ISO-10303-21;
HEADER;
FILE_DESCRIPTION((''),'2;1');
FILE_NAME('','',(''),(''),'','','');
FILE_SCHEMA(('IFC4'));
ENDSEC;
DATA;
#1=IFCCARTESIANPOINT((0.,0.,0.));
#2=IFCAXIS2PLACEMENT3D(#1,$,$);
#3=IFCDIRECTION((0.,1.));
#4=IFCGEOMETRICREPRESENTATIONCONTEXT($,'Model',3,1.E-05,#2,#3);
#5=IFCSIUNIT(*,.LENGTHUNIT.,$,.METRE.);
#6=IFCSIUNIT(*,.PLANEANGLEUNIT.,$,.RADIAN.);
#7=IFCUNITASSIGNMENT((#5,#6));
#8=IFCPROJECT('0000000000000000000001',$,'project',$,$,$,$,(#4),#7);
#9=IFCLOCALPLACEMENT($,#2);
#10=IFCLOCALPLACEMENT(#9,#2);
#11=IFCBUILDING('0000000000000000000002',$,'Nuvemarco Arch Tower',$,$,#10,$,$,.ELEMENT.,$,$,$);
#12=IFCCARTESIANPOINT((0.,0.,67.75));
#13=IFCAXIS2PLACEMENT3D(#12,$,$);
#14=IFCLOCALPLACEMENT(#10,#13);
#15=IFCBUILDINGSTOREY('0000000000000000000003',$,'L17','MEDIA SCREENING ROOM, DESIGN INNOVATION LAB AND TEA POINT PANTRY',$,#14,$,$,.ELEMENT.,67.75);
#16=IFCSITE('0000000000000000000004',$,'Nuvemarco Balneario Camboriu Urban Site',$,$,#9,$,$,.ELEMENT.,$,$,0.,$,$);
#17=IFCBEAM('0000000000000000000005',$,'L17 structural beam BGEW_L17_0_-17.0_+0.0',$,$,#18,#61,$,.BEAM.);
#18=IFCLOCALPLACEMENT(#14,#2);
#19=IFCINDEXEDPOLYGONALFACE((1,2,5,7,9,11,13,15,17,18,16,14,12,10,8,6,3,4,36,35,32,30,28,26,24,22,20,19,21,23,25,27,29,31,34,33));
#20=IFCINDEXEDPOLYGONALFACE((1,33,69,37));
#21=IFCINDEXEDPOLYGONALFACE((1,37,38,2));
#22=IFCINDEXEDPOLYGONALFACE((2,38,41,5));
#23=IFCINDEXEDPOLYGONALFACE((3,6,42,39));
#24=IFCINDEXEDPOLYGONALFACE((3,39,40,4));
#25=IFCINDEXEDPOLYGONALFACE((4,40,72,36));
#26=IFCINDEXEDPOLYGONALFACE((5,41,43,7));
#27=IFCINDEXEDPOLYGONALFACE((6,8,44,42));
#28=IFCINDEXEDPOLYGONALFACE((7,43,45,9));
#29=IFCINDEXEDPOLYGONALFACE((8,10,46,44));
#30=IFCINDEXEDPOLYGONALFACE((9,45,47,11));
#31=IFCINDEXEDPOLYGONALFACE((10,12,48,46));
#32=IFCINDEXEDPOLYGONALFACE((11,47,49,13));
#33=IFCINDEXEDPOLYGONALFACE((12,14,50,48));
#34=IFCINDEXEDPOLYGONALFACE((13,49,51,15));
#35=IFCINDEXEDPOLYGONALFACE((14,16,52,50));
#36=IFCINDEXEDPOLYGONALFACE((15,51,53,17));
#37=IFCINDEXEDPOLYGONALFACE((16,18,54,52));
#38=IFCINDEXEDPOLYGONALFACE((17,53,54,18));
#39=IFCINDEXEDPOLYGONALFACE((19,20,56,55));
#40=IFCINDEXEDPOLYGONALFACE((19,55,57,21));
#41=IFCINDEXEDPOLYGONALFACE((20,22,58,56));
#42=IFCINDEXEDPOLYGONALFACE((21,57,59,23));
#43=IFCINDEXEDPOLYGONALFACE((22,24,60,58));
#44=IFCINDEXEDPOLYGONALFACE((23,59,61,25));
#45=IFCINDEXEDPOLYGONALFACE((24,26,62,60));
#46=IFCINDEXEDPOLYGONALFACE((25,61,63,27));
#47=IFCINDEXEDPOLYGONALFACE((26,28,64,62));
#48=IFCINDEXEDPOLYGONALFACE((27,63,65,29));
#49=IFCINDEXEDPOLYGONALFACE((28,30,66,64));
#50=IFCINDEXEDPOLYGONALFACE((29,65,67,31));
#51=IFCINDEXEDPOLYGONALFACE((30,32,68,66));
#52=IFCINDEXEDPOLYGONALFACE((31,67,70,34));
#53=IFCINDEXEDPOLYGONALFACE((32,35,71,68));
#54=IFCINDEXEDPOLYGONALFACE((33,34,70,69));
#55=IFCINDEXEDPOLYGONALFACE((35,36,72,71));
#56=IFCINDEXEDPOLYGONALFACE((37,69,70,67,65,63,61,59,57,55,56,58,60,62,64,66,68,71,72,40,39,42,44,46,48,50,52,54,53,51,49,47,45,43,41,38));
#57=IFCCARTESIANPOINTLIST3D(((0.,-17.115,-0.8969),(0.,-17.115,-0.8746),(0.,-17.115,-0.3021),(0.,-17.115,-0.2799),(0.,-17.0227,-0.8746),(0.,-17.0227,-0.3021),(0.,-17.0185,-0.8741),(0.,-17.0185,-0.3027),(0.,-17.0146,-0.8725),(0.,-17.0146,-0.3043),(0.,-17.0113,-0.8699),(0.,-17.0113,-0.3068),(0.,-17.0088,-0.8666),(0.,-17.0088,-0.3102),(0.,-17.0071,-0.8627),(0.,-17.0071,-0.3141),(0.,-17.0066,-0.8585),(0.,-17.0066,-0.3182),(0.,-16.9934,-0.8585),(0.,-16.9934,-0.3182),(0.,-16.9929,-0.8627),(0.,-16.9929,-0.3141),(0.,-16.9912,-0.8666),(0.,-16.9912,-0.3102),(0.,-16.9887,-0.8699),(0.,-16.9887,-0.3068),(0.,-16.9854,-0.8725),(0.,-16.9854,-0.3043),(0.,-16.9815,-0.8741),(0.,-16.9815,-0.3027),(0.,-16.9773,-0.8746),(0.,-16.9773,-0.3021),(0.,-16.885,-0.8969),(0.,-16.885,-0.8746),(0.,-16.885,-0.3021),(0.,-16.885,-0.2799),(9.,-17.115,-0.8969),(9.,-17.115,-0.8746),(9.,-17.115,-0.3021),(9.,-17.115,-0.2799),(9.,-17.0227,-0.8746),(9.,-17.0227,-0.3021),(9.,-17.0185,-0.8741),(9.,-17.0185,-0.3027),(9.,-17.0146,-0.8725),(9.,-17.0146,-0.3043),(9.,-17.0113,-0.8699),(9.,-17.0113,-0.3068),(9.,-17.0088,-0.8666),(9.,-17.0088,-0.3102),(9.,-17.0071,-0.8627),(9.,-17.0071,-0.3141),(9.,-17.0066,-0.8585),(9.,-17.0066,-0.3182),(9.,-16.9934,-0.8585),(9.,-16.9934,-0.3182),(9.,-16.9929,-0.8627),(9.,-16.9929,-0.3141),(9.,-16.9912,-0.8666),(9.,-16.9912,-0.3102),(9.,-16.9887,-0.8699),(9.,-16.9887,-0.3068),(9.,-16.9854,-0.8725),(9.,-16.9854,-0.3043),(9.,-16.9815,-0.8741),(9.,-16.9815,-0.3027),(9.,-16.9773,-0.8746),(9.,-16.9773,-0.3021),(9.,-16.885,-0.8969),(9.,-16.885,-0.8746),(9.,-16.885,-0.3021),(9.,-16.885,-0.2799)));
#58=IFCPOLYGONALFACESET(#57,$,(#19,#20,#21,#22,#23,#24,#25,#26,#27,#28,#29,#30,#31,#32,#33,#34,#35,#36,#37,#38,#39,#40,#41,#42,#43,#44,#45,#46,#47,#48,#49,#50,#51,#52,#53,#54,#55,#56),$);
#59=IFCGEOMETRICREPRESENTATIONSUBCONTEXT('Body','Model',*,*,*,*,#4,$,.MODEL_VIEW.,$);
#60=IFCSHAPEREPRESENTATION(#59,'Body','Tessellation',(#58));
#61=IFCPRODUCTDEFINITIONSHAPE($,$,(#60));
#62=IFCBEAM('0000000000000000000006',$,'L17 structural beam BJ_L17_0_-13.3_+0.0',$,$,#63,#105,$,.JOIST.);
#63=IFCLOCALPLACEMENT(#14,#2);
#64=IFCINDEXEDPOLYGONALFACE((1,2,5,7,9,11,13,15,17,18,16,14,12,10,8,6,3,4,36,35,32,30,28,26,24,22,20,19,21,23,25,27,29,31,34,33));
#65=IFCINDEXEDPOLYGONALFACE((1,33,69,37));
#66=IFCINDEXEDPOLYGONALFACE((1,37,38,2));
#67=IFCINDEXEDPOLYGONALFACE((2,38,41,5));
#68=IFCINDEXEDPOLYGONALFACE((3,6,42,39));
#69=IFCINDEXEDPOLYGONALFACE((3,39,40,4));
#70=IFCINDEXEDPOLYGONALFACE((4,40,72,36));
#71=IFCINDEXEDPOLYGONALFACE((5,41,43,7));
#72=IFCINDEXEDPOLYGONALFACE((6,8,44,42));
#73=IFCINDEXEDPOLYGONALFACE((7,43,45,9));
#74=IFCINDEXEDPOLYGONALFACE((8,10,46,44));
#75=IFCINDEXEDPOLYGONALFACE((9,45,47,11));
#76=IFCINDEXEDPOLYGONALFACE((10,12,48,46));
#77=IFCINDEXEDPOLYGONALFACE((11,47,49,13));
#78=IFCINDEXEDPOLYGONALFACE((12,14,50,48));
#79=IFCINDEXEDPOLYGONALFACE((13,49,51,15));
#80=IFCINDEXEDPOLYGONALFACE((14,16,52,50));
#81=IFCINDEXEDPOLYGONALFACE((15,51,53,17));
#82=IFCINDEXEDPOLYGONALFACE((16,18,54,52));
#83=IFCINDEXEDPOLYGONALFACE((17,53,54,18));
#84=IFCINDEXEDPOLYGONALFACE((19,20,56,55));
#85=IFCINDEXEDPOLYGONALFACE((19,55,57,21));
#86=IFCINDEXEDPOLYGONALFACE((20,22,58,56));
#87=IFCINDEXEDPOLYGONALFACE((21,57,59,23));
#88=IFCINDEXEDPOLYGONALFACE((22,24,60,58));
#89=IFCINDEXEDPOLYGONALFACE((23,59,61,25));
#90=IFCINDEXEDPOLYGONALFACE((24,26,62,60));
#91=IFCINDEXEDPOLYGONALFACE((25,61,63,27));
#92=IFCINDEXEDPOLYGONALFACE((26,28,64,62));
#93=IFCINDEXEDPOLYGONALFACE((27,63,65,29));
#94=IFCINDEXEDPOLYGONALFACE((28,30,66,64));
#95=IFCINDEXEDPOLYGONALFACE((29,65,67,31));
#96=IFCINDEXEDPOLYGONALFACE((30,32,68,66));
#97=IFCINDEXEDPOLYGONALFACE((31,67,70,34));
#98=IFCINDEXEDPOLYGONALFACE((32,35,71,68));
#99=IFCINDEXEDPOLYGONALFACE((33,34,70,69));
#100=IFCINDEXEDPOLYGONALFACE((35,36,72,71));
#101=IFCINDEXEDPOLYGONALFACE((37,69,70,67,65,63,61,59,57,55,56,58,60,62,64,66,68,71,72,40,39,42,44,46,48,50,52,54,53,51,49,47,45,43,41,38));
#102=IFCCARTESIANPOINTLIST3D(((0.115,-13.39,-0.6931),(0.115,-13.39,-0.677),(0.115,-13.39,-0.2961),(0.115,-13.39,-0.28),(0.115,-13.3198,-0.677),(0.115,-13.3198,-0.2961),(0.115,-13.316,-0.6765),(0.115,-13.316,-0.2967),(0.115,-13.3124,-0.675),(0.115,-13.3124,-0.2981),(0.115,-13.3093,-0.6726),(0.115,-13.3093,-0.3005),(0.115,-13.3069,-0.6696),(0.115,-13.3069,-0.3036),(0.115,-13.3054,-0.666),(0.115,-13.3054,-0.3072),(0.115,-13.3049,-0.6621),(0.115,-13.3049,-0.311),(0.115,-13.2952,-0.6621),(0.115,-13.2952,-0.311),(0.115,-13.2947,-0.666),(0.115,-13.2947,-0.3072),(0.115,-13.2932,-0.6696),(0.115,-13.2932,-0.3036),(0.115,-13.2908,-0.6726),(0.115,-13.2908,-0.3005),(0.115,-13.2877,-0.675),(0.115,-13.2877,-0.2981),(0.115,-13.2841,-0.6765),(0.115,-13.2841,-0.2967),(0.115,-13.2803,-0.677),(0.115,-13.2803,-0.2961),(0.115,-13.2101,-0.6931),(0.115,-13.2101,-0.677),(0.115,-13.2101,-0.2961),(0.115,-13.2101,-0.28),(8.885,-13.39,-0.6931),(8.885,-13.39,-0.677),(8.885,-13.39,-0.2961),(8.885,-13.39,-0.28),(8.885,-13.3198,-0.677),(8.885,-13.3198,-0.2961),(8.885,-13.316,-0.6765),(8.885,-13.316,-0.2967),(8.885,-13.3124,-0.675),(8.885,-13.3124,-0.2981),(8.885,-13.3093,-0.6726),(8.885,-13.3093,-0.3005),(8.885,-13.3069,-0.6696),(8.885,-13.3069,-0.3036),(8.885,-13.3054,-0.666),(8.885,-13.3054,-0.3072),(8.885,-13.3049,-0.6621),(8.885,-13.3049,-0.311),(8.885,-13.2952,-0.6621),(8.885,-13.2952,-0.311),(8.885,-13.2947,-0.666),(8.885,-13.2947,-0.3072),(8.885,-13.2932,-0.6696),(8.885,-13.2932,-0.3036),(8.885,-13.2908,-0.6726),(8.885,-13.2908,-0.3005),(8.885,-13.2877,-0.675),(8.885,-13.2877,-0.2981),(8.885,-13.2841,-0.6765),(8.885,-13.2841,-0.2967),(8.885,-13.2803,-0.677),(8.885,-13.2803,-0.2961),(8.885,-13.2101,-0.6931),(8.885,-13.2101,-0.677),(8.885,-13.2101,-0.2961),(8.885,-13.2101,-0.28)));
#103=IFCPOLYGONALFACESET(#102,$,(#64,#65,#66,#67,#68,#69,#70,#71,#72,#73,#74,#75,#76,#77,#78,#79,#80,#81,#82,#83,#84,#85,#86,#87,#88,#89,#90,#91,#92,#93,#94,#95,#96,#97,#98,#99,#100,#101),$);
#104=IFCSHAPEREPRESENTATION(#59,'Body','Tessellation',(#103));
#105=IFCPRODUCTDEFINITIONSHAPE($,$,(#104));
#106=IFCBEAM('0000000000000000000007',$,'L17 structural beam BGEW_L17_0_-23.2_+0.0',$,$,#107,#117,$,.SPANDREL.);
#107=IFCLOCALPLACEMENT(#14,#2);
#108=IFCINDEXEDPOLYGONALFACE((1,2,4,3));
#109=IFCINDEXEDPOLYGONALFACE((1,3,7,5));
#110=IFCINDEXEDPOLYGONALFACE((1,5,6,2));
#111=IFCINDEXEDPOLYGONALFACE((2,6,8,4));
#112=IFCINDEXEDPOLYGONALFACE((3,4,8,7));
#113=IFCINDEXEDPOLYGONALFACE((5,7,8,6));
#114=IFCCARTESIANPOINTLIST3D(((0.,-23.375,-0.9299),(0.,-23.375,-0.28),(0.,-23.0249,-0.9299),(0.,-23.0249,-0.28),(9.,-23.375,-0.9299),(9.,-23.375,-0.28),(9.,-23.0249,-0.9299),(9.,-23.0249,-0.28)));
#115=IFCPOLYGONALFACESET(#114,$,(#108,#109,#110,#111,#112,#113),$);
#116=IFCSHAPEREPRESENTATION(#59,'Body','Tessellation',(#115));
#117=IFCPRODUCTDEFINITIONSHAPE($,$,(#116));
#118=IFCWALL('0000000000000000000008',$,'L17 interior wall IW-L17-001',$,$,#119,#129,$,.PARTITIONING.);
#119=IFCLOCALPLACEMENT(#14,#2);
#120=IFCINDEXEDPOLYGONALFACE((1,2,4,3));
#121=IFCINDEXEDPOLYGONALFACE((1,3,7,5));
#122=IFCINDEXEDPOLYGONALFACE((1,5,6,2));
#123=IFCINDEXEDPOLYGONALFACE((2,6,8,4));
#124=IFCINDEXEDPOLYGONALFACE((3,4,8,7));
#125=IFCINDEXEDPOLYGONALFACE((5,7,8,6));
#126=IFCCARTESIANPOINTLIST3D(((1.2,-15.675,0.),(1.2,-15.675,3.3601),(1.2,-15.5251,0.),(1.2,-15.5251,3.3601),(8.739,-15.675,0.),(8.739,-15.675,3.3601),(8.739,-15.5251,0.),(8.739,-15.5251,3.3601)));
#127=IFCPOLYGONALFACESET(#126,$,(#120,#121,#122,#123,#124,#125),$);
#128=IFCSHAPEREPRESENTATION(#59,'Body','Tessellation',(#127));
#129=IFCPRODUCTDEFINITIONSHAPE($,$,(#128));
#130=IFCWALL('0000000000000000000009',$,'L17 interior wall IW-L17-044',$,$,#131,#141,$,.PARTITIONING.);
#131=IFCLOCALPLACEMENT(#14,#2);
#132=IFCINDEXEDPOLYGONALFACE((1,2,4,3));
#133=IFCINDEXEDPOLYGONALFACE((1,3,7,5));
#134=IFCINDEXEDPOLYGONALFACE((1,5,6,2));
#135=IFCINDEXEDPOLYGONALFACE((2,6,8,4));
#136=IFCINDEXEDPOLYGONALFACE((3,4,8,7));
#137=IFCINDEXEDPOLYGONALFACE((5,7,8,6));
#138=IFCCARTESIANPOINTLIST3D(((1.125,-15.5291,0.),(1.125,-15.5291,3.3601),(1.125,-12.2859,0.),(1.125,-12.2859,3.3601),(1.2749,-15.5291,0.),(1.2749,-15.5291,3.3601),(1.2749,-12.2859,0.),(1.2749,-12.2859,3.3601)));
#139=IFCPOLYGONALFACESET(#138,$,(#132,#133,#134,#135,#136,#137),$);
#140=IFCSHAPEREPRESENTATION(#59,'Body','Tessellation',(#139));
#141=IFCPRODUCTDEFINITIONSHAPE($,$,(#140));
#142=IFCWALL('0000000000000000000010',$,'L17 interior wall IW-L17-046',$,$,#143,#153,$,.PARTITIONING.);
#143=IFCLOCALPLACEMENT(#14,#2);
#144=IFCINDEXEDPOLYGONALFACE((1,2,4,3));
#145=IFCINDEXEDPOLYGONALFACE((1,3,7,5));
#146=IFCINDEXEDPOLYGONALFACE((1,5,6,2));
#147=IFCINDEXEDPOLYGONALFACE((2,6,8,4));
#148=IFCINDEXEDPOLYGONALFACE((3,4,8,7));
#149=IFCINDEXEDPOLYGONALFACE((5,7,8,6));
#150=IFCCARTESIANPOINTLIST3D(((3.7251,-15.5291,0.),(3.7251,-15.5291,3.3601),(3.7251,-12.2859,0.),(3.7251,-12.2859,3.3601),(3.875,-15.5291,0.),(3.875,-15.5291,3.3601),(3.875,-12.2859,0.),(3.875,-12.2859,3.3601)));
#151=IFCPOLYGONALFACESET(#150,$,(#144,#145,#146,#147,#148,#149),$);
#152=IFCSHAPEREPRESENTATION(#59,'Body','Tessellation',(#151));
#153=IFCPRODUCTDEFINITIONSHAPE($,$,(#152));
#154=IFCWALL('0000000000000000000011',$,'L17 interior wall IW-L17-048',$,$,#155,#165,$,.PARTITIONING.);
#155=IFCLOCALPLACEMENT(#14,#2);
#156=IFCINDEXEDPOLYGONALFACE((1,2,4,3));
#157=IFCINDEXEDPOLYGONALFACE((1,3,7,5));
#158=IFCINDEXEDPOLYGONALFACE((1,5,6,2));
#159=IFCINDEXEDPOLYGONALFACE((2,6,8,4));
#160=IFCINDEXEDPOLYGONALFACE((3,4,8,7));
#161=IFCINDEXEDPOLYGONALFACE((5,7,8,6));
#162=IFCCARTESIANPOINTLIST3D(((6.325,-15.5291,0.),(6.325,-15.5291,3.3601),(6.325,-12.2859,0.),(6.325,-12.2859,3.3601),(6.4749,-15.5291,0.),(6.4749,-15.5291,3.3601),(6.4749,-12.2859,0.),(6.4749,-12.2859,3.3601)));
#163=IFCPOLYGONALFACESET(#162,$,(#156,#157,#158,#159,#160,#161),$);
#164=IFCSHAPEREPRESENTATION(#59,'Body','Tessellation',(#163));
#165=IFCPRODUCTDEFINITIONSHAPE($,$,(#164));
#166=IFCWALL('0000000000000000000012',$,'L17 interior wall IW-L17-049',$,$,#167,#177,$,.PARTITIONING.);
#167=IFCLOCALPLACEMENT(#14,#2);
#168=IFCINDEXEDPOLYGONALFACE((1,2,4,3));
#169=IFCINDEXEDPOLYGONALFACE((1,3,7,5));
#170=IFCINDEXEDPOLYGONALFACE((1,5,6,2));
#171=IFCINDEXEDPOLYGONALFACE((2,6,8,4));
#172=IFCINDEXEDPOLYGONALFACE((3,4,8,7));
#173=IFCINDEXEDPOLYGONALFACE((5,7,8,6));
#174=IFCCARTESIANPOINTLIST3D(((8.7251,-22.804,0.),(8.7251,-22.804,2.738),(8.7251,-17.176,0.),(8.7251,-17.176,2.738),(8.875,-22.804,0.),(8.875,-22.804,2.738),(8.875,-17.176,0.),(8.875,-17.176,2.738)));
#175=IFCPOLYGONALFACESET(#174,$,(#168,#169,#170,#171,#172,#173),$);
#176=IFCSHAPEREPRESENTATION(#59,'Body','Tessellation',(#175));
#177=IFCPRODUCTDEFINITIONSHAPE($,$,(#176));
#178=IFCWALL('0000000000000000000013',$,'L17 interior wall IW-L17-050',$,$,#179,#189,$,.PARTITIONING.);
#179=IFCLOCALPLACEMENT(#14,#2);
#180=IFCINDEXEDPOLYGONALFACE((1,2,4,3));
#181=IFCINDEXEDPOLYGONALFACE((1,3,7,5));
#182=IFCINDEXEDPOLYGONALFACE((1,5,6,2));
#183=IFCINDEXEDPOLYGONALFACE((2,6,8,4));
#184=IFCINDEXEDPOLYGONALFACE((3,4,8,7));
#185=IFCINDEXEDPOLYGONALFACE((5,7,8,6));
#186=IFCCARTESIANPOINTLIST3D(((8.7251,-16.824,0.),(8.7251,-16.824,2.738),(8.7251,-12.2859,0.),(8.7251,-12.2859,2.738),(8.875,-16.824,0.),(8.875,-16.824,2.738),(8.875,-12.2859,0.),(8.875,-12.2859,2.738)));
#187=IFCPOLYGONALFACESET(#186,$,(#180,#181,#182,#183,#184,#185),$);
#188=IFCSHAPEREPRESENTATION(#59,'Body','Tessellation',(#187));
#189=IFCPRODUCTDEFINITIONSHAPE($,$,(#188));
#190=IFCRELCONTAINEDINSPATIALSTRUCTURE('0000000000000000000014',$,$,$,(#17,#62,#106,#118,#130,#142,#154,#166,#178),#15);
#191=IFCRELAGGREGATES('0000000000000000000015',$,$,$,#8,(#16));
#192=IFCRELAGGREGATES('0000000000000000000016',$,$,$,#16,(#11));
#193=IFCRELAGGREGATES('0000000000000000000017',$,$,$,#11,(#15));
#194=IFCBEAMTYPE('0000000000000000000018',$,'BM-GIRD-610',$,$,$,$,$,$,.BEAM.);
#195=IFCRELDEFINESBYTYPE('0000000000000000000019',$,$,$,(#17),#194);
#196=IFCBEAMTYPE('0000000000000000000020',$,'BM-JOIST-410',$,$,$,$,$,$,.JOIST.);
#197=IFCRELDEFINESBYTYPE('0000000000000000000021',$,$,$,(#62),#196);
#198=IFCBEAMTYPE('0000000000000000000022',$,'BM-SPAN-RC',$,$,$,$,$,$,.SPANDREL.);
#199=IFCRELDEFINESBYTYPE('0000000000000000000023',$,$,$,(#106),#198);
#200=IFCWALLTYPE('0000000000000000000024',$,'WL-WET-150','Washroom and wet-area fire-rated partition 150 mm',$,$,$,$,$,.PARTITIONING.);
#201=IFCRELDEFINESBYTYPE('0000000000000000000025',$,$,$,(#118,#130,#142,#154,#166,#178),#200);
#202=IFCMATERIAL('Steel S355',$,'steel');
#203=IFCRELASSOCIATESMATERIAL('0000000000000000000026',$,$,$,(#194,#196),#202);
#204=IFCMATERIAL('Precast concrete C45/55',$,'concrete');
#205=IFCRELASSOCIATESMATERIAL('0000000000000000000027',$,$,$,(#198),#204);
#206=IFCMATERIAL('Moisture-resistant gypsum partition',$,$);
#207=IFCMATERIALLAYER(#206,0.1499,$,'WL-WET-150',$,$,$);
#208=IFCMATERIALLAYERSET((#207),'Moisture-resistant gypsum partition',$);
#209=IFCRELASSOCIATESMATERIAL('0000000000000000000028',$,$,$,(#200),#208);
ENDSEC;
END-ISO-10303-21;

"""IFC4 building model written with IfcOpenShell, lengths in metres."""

from ifc_helpers import new_model, si_unit, direction, frame, frame_2d, origin, origin_2d, place, context, subcontext, project, spatial, rectangle, i_section, extrude, material, layer, layer_set, material_profile, profile_set, type_object, element, save


model = new_model("IFC4")

# Units and contexts
model_context = context("Model", 3, precision=1e-05, world=origin(), true_north=direction((0.0, 1.0)))
body_context = subcontext(model_context, "Body", "Model", "MODEL_VIEW")
ifc_project = project(units=[si_unit("LENGTHUNIT", "METRE"), si_unit("PLANEANGLEUNIT", "RADIAN")], contexts=[model_context])

# Site, building, storey
site_placement = place(None, origin())
site = spatial("IfcSite", under=ifc_project, at=site_placement, Name="Nuvemarco Balneario Camboriu Urban Site", CompositionType="ELEMENT", RefElevation=0.0)
building_placement = place(site_placement, origin())
building = spatial("IfcBuilding", under=site, at=building_placement, Name="Nuvemarco Arch Tower", CompositionType="ELEMENT")
storey_placement = place(building_placement, frame((0.0, 0.0, 67.75)))
storey = spatial("IfcBuildingStorey", under=building, at=storey_placement, Name="L17", Description="MEDIA SCREENING ROOM, DESIGN INNOVATION LAB AND TEA POINT PANTRY", CompositionType="ELEMENT", Elevation=67.75)

# Shared definitions
ifc_material_1 = material(Name="Steel S355", Category="steel")

# Beams
ifc_material_profile_1 = material_profile(ifc_material_1, i_section(OverallWidth=0.23, OverallDepth=0.6169, WebThickness=0.0132, FlangeThickness=0.0222, FilletRadius=0.0161, at=origin_2d()), Name="W610x140")
ifc_profile_set_1 = profile_set([ifc_material_profile_1], Name="Steel S355")
beam_type_1 = type_object("IfcBeamType", Name="BM-GIRD-610", PredefinedType="BEAM", material=ifc_profile_set_1)
beam_1_placement = place(storey_placement, frame((0.0, -17.0, -0.5884), z_axis=(1.0, 0.0, 0.0), x_axis=(0.0, 1.0, 0.0)))
element("IfcBeam", 1, at=beam_1_placement, inside=storey, type_object=beam_type_1, Name="L17 structural beam BGEW_L17_0_-17.0_+0.0", PredefinedType="BEAM", context=body_context, shape_type="SweptSolid", body=[
    extrude(i_section(OverallWidth=0.23, OverallDepth=0.6169, WebThickness=0.0132, FlangeThickness=0.0222, FilletRadius=0.0161, at=origin_2d()), origin(), (0.0, 0.0, 1.0), 9.0),
])
ifc_material_profile_2 = material_profile(ifc_material_1, i_section(OverallWidth=0.1799, OverallDepth=0.4131, WebThickness=0.0098, FlangeThickness=0.0161, FilletRadius=0.0149, at=origin_2d()), Name="W410x75")
ifc_profile_set_2 = profile_set([ifc_material_profile_2], Name="Steel S355")
beam_type_2 = type_object("IfcBeamType", Name="BM-JOIST-410", PredefinedType="JOIST", material=ifc_profile_set_2)
beam_2_placement = place(storey_placement, frame((0.115, -13.3, -0.4866), z_axis=(1.0, 0.0, 0.0), x_axis=(0.0, 1.0, 0.0)))
element("IfcBeam", 2, at=beam_2_placement, inside=storey, type_object=beam_type_2, Name="L17 structural beam BJ_L17_0_-13.3_+0.0", PredefinedType="JOIST", context=body_context, shape_type="SweptSolid", body=[
    extrude(i_section(OverallWidth=0.1799, OverallDepth=0.4131, WebThickness=0.0098, FlangeThickness=0.0161, FilletRadius=0.0149, at=origin_2d()), origin(), (0.0, 0.0, 1.0), 8.77),
])
ifc_material_2 = material(Name="Precast concrete C45/55", Category="concrete")
ifc_material_profile_3 = material_profile(ifc_material_2, rectangle(XDim=0.3501, YDim=0.6499, at=origin_2d()), Name="PC-SP-350x650")
ifc_profile_set_3 = profile_set([ifc_material_profile_3], Name="Precast concrete C45/55")
beam_type_3 = type_object("IfcBeamType", Name="BM-SPAN-RC", PredefinedType="SPANDREL", material=ifc_profile_set_3)
beam_3_placement = place(storey_placement, frame((0.0, -23.2, -0.605), z_axis=(1.0, 0.0, 0.0), x_axis=(0.0, 1.0, 0.0)))
element("IfcBeam", 3, at=beam_3_placement, inside=storey, type_object=beam_type_3, Name="L17 structural beam BGEW_L17_0_-23.2_+0.0", PredefinedType="SPANDREL", context=body_context, shape_type="SweptSolid", body=[
    extrude(rectangle(XDim=0.3501, YDim=0.6499, at=origin_2d()), origin(), (0.0, 0.0, 1.0), 9.0),
])

# Walls
ifc_material_3 = material(Name="Moisture-resistant gypsum partition")
ifc_layer_1 = layer(ifc_material_3, 0.1499, Name="WL-WET-150")
ifc_layer_set_1 = layer_set([ifc_layer_1], Name="Moisture-resistant gypsum partition")
wall_type = type_object("IfcWallType", Name="WL-WET-150", Description="Washroom and wet-area fire-rated partition 150 mm", PredefinedType="PARTITIONING", material=ifc_layer_set_1)
wall_1_placement = place(storey_placement, frame((1.2, -15.6001, 0.0), z_axis=(0.0, 0.0, 1.0), x_axis=(1.0, 0.0, 0.0)))
element("IfcWall", 4, at=wall_1_placement, inside=storey, type_object=wall_type, Name="L17 interior wall IW-L17-001", PredefinedType="PARTITIONING", context=body_context, shape_type="SweptSolid", body=[
    extrude(rectangle(XDim=7.5391, YDim=0.1499, at=frame_2d((3.7695, 0.0))), origin(), (0.0, 0.0, 1.0), 3.3601),
])
for number, where, z_axis, x_axis, name in (
    (5, (1.2, -15.5291, 0.0), (0.0, 0.0, 1.0), (0.0, 1.0, 0.0), "L17 interior wall IW-L17-044"),
    (6, (3.8, -15.5291, 0.0), (0.0, 0.0, 1.0), (0.0, 1.0, 0.0), "L17 interior wall IW-L17-046"),
    (7, (6.3999, -15.5291, 0.0), (0.0, 0.0, 1.0), (0.0, 1.0, 0.0), "L17 interior wall IW-L17-048"),
):
    element("IfcWall", number, at=place(storey_placement, frame(where, z_axis=z_axis, x_axis=x_axis)), inside=storey, type_object=wall_type, Name=name, PredefinedType="PARTITIONING", context=body_context, shape_type="SweptSolid", body=[
        extrude(rectangle(XDim=3.2432, YDim=0.1499, at=frame_2d((1.6216, 0.0))), origin(), (0.0, 0.0, 1.0), 3.3601),
    ])
wall_2_placement = place(storey_placement, frame((8.8, -22.804, 0.0), z_axis=(0.0, 0.0, 1.0), x_axis=(0.0, 1.0, 0.0)))
element("IfcWall", 8, at=wall_2_placement, inside=storey, type_object=wall_type, Name="L17 interior wall IW-L17-049", PredefinedType="PARTITIONING", context=body_context, shape_type="SweptSolid", body=[
    extrude(rectangle(XDim=5.6279, YDim=0.1499, at=frame_2d((2.814, 0.0))), origin(), (0.0, 0.0, 1.0), 2.738),
])
wall_3_placement = place(storey_placement, frame((8.8, -16.824, 0.0), z_axis=(0.0, 0.0, 1.0), x_axis=(0.0, 1.0, 0.0)))
element("IfcWall", 9, at=wall_3_placement, inside=storey, type_object=wall_type, Name="L17 interior wall IW-L17-050", PredefinedType="PARTITIONING", context=body_context, shape_type="SweptSolid", body=[
    extrude(rectangle(XDim=4.5381, YDim=0.1499, at=frame_2d((2.269, 0.0))), origin(), (0.0, 0.0, 1.0), 2.738),
])

save(model, "model.ifc")
